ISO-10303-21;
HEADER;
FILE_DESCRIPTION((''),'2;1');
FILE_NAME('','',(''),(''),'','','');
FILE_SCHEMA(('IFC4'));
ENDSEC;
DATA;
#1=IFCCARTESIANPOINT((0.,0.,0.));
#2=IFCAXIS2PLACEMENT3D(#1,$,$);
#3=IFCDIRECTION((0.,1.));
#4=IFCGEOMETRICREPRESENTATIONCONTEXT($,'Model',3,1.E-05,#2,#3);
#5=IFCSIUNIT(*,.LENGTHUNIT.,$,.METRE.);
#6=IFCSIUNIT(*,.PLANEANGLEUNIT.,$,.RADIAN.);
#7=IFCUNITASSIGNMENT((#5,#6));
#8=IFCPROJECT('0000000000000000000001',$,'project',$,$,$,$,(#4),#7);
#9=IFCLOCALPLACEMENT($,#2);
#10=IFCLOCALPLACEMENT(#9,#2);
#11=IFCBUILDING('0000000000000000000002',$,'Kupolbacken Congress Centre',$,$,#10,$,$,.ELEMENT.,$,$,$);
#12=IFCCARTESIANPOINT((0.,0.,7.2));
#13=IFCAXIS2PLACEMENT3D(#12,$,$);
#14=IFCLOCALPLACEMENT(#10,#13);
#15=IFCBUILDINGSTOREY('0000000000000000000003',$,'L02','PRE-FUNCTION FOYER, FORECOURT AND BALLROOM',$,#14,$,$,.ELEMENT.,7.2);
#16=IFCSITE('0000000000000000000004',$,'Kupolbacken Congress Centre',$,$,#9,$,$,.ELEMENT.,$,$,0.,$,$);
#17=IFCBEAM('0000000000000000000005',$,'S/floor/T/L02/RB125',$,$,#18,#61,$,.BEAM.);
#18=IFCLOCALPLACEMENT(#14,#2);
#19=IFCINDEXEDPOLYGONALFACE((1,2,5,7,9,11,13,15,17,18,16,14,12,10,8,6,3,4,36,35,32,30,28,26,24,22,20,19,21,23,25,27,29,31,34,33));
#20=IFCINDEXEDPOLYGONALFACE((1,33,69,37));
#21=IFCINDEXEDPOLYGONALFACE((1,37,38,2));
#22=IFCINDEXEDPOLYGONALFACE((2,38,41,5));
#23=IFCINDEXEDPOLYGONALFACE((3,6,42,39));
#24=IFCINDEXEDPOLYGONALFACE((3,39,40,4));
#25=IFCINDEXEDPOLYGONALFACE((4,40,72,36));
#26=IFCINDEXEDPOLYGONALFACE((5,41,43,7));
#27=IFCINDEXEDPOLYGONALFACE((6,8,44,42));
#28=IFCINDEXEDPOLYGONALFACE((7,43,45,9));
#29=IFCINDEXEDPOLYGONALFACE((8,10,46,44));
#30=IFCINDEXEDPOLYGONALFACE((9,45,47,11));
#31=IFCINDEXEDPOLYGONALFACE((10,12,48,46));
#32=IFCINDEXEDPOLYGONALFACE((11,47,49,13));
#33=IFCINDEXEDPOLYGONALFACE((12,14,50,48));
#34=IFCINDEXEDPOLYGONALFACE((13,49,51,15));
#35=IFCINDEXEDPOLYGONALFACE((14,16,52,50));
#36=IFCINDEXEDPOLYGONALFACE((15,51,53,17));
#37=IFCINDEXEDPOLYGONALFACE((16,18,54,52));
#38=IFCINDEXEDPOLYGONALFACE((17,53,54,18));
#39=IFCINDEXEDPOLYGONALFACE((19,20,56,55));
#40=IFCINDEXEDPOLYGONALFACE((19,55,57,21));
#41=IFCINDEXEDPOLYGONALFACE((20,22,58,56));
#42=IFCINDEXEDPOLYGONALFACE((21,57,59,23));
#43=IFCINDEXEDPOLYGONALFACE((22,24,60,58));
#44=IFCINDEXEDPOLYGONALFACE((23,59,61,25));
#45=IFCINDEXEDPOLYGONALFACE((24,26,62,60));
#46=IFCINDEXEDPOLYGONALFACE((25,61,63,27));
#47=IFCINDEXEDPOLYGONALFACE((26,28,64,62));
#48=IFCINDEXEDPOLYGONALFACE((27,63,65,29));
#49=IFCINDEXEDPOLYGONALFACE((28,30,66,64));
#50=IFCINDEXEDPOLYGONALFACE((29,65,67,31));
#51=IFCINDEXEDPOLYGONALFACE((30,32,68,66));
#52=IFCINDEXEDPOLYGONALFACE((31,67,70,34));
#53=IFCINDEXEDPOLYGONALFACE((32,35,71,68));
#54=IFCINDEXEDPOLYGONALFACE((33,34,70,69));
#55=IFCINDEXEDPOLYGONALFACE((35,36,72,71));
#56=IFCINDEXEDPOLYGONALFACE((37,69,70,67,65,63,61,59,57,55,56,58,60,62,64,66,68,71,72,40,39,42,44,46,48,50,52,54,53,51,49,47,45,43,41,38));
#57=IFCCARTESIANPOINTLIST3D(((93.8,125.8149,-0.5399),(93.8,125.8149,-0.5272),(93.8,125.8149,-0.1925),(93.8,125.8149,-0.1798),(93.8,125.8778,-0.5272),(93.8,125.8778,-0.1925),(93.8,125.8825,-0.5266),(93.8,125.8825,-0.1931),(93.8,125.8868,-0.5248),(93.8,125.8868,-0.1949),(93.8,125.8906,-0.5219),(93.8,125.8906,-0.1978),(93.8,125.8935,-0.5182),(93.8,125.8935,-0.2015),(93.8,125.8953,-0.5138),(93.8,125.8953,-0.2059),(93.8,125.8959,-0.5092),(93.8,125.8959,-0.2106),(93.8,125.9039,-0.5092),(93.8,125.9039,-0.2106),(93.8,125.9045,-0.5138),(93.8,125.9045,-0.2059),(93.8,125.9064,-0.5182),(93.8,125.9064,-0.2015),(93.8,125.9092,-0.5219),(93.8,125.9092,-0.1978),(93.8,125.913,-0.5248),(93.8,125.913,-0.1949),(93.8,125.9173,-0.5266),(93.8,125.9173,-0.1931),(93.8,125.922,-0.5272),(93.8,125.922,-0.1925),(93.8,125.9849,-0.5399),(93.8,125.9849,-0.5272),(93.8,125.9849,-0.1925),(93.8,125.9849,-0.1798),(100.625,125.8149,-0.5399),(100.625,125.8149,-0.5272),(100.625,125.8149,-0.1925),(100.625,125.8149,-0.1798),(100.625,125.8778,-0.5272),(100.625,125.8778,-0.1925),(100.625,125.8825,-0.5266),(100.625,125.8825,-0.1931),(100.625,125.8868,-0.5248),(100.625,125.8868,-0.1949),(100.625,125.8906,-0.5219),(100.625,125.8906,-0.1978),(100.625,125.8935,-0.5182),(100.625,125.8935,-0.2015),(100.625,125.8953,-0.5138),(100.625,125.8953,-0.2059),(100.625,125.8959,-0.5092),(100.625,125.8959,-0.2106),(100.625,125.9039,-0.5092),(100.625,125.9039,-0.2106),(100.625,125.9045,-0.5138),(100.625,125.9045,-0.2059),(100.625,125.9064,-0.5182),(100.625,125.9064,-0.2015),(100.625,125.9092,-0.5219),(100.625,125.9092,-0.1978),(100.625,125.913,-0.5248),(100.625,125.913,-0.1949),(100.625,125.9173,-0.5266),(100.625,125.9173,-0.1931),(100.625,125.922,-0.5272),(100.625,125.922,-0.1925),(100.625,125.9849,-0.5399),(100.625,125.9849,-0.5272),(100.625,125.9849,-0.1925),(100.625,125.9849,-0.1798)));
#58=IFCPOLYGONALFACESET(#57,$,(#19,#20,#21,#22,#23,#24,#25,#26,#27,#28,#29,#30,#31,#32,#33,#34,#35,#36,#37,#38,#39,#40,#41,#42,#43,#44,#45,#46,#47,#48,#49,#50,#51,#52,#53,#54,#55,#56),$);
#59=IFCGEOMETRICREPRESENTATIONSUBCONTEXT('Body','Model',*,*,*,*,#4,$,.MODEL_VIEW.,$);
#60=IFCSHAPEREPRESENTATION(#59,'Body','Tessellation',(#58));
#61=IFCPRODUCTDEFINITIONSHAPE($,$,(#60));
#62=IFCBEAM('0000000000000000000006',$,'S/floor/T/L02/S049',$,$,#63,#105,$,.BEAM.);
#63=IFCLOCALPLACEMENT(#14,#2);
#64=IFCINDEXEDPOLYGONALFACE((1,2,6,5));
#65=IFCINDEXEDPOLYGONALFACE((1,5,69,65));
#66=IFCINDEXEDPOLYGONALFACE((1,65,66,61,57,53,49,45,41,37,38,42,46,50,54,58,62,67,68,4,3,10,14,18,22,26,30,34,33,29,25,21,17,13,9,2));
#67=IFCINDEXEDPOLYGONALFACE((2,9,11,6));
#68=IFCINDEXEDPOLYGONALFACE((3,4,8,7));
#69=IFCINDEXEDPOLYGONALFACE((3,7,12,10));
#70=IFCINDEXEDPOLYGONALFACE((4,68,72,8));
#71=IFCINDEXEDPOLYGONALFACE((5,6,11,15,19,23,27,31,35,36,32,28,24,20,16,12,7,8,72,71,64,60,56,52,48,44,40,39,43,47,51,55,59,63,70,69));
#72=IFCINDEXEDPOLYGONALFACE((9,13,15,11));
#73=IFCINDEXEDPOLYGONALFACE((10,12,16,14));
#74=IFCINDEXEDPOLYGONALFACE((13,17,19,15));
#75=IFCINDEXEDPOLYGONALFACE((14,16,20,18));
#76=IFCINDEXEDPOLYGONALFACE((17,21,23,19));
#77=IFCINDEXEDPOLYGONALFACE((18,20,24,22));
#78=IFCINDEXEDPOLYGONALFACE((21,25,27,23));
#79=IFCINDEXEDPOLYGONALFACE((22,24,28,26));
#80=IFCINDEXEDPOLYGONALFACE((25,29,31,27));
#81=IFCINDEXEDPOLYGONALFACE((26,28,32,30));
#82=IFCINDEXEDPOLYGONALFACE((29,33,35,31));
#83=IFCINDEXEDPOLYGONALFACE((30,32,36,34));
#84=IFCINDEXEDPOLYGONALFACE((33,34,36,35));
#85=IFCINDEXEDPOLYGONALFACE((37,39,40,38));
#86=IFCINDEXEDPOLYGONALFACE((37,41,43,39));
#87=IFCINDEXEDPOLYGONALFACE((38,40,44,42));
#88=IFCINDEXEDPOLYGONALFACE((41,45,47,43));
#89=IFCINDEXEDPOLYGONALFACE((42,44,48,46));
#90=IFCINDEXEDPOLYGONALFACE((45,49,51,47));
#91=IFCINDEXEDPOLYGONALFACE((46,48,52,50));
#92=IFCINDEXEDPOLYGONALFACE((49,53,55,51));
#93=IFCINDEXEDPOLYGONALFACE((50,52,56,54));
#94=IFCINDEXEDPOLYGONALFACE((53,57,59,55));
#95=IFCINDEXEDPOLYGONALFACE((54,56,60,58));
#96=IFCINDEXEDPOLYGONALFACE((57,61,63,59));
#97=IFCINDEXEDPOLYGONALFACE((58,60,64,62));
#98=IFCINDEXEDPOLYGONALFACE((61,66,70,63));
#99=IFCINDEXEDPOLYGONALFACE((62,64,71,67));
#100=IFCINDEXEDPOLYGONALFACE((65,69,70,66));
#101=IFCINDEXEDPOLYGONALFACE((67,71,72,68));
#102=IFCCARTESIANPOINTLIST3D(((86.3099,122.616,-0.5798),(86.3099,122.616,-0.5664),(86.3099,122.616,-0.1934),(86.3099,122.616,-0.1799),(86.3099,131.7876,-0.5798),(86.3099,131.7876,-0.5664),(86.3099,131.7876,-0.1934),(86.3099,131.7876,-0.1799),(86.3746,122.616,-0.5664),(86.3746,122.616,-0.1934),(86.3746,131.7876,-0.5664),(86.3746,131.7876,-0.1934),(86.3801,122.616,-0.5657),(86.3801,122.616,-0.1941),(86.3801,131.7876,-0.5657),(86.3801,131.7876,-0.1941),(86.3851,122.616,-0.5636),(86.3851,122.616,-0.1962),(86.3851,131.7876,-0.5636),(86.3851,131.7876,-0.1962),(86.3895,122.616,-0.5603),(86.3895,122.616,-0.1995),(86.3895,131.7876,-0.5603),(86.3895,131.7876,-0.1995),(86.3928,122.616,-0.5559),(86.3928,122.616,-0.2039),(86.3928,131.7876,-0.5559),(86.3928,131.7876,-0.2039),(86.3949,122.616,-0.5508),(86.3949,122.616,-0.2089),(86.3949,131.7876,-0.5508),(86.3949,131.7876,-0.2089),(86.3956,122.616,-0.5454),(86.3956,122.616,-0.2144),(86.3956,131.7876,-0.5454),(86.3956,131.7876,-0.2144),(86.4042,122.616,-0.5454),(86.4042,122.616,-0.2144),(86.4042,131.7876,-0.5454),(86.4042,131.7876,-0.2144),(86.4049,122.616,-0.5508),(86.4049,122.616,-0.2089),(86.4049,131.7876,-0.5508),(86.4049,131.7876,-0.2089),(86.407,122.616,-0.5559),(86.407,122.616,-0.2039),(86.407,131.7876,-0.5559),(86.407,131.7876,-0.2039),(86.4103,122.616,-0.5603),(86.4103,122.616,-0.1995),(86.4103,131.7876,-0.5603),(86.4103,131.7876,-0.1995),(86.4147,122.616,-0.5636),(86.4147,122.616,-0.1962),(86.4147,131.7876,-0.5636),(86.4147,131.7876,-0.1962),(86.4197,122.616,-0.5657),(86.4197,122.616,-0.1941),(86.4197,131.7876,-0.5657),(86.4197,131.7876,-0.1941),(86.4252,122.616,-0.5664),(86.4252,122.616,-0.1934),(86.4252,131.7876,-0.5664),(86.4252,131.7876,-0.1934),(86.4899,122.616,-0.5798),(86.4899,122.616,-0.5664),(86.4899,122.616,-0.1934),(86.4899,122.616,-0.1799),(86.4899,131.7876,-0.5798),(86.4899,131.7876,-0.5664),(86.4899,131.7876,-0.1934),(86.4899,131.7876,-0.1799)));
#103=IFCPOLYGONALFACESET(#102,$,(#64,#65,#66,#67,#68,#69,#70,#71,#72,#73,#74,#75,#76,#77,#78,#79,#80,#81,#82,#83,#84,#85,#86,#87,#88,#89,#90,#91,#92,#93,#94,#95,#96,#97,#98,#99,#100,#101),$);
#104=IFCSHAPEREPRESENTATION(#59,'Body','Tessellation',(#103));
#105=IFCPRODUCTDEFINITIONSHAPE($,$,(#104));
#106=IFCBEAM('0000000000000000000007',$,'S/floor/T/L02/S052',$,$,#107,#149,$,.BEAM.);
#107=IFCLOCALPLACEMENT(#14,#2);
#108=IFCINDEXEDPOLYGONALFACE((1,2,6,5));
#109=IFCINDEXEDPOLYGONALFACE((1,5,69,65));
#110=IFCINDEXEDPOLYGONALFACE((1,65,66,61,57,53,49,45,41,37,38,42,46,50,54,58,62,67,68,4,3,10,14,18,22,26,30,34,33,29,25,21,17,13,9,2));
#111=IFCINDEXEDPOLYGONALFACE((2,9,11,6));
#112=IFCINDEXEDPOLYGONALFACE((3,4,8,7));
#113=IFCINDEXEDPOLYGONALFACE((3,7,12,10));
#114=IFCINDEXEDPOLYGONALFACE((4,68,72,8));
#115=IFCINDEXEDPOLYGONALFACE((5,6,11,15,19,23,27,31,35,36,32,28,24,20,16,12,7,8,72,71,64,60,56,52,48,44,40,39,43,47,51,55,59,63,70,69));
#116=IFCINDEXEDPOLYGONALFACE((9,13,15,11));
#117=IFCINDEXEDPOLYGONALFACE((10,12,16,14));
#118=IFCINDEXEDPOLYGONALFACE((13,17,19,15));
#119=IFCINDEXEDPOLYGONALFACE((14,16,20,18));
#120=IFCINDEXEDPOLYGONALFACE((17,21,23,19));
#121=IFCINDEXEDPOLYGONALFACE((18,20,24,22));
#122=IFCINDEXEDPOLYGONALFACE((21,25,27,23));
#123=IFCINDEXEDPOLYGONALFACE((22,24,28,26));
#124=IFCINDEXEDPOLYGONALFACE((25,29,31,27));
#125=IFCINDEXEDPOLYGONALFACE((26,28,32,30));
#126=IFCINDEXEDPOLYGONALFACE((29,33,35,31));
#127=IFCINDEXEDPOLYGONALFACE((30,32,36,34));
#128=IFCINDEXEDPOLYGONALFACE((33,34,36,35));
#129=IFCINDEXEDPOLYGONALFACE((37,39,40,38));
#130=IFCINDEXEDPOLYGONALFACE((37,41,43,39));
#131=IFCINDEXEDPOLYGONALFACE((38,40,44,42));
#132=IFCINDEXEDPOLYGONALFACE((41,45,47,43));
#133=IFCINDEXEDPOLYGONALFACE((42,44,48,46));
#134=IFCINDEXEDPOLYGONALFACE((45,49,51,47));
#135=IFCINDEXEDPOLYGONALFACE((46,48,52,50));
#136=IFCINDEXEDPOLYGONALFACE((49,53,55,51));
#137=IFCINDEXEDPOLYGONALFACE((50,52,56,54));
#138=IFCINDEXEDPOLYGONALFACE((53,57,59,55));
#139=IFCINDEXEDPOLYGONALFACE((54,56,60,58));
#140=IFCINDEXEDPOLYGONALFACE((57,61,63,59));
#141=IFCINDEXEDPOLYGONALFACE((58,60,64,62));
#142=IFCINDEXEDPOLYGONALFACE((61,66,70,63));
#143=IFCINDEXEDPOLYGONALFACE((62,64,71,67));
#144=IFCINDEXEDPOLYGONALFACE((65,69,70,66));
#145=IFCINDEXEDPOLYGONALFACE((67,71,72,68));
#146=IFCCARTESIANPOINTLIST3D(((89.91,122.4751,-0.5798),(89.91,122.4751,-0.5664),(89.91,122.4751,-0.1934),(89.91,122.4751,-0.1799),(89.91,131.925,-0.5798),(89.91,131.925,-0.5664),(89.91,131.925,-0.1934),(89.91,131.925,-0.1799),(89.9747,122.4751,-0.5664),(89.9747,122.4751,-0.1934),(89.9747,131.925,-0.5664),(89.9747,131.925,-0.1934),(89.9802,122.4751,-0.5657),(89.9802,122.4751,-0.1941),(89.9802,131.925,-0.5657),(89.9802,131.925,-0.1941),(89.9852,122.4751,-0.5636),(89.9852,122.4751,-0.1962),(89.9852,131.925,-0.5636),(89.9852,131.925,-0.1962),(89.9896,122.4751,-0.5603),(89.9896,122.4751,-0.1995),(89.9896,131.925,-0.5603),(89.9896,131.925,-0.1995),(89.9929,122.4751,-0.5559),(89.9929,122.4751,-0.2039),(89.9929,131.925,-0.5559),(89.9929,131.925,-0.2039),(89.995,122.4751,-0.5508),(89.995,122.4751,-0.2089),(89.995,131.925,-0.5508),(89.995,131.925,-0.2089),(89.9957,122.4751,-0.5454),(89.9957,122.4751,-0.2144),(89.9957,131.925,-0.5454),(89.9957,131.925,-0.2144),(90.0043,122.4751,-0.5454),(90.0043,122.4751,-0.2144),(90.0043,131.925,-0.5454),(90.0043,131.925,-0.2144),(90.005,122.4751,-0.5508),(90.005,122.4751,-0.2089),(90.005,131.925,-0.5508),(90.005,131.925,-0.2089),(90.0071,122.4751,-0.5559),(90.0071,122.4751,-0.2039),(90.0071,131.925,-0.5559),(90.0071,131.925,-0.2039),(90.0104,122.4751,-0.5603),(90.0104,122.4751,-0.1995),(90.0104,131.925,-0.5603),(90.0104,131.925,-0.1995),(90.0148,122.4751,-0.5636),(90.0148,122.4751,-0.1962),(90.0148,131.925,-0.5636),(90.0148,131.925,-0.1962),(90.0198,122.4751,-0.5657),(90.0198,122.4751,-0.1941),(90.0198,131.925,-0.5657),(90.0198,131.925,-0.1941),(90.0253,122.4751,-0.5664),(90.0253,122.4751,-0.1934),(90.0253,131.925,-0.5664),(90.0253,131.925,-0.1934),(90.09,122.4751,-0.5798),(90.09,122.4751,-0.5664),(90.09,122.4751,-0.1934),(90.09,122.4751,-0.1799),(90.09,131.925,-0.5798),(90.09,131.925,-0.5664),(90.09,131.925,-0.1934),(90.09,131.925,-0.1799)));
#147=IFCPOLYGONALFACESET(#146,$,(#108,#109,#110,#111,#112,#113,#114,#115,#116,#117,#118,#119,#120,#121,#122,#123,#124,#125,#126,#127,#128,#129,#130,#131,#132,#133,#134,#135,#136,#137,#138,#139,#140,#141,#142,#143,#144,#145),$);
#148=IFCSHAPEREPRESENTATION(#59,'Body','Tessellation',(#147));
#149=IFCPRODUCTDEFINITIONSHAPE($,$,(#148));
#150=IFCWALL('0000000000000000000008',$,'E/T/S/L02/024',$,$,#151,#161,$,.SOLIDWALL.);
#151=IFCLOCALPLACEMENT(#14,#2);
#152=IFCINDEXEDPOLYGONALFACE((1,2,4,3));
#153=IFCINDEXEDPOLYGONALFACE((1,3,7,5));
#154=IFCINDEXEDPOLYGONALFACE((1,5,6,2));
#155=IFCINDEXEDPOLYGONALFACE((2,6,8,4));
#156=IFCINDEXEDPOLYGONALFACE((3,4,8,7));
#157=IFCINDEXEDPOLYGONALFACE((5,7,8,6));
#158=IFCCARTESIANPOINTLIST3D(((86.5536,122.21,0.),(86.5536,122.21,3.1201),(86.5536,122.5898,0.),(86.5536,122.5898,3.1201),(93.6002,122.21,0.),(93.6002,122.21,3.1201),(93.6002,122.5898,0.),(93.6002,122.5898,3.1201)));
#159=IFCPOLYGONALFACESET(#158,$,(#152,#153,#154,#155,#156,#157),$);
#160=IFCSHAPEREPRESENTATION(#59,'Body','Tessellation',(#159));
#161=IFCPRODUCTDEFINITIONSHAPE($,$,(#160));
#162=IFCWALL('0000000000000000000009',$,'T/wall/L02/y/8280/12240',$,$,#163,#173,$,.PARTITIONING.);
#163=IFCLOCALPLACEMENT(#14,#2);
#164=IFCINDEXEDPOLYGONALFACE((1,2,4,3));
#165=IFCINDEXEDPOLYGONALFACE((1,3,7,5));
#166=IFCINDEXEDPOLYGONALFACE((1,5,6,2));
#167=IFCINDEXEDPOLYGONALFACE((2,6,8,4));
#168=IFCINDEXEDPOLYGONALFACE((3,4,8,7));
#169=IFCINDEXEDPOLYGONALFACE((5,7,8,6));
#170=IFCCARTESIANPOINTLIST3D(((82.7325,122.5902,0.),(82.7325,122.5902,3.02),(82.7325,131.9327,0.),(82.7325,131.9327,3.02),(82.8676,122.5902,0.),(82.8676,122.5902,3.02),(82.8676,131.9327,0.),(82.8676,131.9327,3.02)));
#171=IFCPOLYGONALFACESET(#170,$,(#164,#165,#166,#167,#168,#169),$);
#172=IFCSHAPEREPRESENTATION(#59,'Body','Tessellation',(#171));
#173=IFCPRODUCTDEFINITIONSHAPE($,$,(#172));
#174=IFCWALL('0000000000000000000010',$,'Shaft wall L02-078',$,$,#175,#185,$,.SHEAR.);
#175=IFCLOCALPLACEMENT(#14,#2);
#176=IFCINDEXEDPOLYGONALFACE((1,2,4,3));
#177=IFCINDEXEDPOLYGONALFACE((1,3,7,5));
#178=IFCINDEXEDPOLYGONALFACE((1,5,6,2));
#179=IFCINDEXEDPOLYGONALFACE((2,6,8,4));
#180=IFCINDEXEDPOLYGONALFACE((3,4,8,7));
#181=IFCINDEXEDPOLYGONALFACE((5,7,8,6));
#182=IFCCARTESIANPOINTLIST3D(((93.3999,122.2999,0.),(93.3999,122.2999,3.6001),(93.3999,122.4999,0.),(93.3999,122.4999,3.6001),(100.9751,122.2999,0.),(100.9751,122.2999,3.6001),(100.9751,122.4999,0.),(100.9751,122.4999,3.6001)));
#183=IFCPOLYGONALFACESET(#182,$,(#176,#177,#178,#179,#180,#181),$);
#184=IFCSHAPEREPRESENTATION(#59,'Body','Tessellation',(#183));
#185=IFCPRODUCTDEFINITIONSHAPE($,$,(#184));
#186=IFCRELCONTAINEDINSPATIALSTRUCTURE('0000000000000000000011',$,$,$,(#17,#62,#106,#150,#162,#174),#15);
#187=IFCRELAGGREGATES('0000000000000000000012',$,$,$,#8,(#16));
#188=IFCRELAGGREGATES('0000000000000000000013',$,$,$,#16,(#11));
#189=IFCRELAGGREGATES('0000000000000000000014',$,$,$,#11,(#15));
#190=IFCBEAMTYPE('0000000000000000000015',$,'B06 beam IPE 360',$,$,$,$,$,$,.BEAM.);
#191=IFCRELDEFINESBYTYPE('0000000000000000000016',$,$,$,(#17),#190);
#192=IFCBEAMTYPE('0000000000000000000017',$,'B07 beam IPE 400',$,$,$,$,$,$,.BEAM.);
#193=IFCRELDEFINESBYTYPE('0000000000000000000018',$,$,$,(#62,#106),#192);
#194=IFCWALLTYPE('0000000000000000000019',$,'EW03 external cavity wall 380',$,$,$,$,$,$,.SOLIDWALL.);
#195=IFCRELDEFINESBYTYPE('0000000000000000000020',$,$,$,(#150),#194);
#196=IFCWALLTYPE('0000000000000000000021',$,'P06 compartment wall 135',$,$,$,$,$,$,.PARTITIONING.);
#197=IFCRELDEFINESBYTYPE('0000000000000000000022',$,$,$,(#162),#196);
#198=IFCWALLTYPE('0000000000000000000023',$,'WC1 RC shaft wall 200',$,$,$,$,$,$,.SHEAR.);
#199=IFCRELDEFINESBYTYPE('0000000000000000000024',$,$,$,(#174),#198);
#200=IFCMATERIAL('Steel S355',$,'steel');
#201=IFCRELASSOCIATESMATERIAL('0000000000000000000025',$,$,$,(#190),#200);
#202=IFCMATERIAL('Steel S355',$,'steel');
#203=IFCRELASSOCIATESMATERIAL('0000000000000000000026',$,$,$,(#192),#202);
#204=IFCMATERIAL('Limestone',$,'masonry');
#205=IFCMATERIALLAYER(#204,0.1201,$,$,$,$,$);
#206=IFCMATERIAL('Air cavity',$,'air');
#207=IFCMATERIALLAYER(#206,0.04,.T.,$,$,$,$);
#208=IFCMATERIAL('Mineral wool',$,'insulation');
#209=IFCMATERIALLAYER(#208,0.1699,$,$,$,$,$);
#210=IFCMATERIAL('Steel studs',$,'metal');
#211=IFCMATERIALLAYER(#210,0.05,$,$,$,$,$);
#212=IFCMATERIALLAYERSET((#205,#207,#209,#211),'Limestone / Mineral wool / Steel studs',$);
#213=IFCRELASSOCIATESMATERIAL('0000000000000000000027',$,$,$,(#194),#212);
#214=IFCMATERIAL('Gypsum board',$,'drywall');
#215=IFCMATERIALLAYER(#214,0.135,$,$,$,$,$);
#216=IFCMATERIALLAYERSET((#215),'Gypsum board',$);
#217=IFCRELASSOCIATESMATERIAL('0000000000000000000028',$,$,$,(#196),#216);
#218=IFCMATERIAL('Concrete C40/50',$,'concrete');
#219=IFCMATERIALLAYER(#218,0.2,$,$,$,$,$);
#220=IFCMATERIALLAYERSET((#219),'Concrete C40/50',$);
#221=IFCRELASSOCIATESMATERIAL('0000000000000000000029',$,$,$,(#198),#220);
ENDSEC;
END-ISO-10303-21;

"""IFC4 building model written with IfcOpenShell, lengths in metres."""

from ifc_helpers import new_model, si_unit, direction, frame, frame_2d, origin, origin_2d, place, context, subcontext, project, spatial, rectangle, i_section, extrude, material, layer, layer_set, material_profile, profile_set, type_object, element, save


model = new_model("IFC4")

# Units and contexts
model_context = context("Model", 3, precision=1e-05, world=origin(), true_north=direction((0.0, 1.0)))
body_context = subcontext(model_context, "Body", "Model", "MODEL_VIEW")
ifc_project = project(units=[si_unit("LENGTHUNIT", "METRE"), si_unit("PLANEANGLEUNIT", "RADIAN")], contexts=[model_context])

# Site, building, storey
site_placement = place(None, origin())
site = spatial("IfcSite", under=ifc_project, at=site_placement, Name="Kupolbacken Congress Centre", CompositionType="ELEMENT", RefElevation=0.0)
building_placement = place(site_placement, origin())
building = spatial("IfcBuilding", under=site, at=building_placement, Name="Kupolbacken Congress Centre", CompositionType="ELEMENT")
storey_placement = place(building_placement, frame((0.0, 0.0, 7.2)))
storey = spatial("IfcBuildingStorey", under=building, at=storey_placement, Name="L02", Description="PRE-FUNCTION FOYER, FORECOURT AND BALLROOM", CompositionType="ELEMENT", Elevation=7.2)

# Beams
ifc_material_1 = material(Name="Steel S355", Category="steel")
ifc_material_profile_1 = material_profile(ifc_material_1, i_section(OverallWidth=0.1699, OverallDepth=0.3601, WebThickness=0.0081, FlangeThickness=0.0127, FilletRadius=0.0181, at=origin_2d()), Name="IPE 360")
ifc_profile_set_1 = profile_set([ifc_material_profile_1], Name="Steel S355")
beam_type_1 = type_object("IfcBeamType", Name="B06 beam IPE 360", PredefinedType="BEAM", material=ifc_profile_set_1)
beam_1_placement = place(storey_placement, frame((93.8, 125.8999, -0.3599), z_axis=(1.0, 0.0, 0.0), x_axis=(0.0, 1.0, 0.0)))
element("IfcBeam", 1, at=beam_1_placement, inside=storey, type_object=beam_type_1, Name="S/floor/T/L02/RB125", PredefinedType="BEAM", context=body_context, shape_type="SweptSolid", body=[
    extrude(i_section(OverallWidth=0.1699, OverallDepth=0.3601, WebThickness=0.0081, FlangeThickness=0.0127, FilletRadius=0.0181, at=origin_2d()), origin(), (0.0, 0.0, 1.0), 6.825),
])
ifc_material_2 = material(Name="Steel S355", Category="steel")
ifc_material_profile_2 = material_profile(ifc_material_2, i_section(OverallWidth=0.1799, OverallDepth=0.3999, WebThickness=0.0085, FlangeThickness=0.0134, FilletRadius=0.021, at=origin_2d()), Name="IPE 400")
ifc_profile_set_2 = profile_set([ifc_material_profile_2], Name="Steel S355")
beam_type_2 = type_object("IfcBeamType", Name="B07 beam IPE 400", PredefinedType="BEAM", material=ifc_profile_set_2)
beam_2_placement = place(storey_placement, frame((86.3999, 122.616, -0.3799), z_axis=(0.0, 1.0, 0.0), x_axis=(-1.0, 0.0, 0.0)))
element("IfcBeam", 2, at=beam_2_placement, inside=storey, type_object=beam_type_2, Name="S/floor/T/L02/S049", PredefinedType="BEAM", context=body_context, shape_type="SweptSolid", body=[
    extrude(i_section(OverallWidth=0.1799, OverallDepth=0.3999, WebThickness=0.0085, FlangeThickness=0.0134, FilletRadius=0.021, at=origin_2d()), origin(), (0.0, 0.0, 1.0), 9.1716),
])
beam_3_placement = place(storey_placement, frame((90.0, 122.4751, -0.3799), z_axis=(0.0, 1.0, 0.0), x_axis=(-1.0, 0.0, 0.0)))
element("IfcBeam", 3, at=beam_3_placement, inside=storey, type_object=beam_type_2, Name="S/floor/T/L02/S052", PredefinedType="BEAM", context=body_context, shape_type="SweptSolid", body=[
    extrude(i_section(OverallWidth=0.1799, OverallDepth=0.3999, WebThickness=0.0085, FlangeThickness=0.0134, FilletRadius=0.021, at=origin_2d()), origin(), (0.0, 0.0, 1.0), 9.45),
])

# Walls
ifc_material_3 = material(Name="Limestone", Category="masonry")
ifc_layer_1 = layer(ifc_material_3, 0.1201)
ifc_material_4 = material(Name="Air cavity", Category="air")
ifc_layer_2 = layer(ifc_material_4, 0.04, ventilated=True)
ifc_material_5 = material(Name="Mineral wool", Category="insulation")
ifc_layer_3 = layer(ifc_material_5, 0.1699)
ifc_material_6 = material(Name="Steel studs", Category="metal")
ifc_layer_4 = layer(ifc_material_6, 0.05)
ifc_layer_set_1 = layer_set([ifc_layer_1, ifc_layer_2, ifc_layer_3, ifc_layer_4], Name="Limestone / Mineral wool / Steel studs")
wall_type_1 = type_object("IfcWallType", Name="EW03 external cavity wall 380", PredefinedType="SOLIDWALL", material=ifc_layer_set_1)
wall_1_placement = place(storey_placement, frame((86.5535, 122.3999, 0.0), z_axis=(0.0, 0.0, 1.0), x_axis=(1.0, 0.0, 0.0)))
element("IfcWall", 4, at=wall_1_placement, inside=storey, type_object=wall_type_1, Name="E/T/S/L02/024", PredefinedType="SOLIDWALL", context=body_context, shape_type="SweptSolid", body=[
    extrude(rectangle(XDim=7.0466, YDim=0.3799, at=frame_2d((3.5234, 0.0))), origin(), (0.0, 0.0, 1.0), 3.1201),
])
ifc_material_7 = material(Name="Gypsum board", Category="drywall")
ifc_layer_5 = layer(ifc_material_7, 0.135)
ifc_layer_set_2 = layer_set([ifc_layer_5], Name="Gypsum board")
wall_type_2 = type_object("IfcWallType", Name="P06 compartment wall 135", PredefinedType="PARTITIONING", material=ifc_layer_set_2)
wall_2_placement = place(storey_placement, frame((82.8, 122.5901, 0.0), z_axis=(0.0, 0.0, 1.0), x_axis=(0.0, 1.0, 0.0)))
element("IfcWall", 5, at=wall_2_placement, inside=storey, type_object=wall_type_2, Name="T/wall/L02/y/8280/12240", PredefinedType="PARTITIONING", context=body_context, shape_type="SweptSolid", body=[
    extrude(rectangle(XDim=9.3425, YDim=0.135, at=frame_2d((4.6714, 0.0))), origin(), (0.0, 0.0, 1.0), 3.02),
])
ifc_material_8 = material(Name="Concrete C40/50", Category="concrete")
ifc_layer_6 = layer(ifc_material_8, 0.2)
ifc_layer_set_3 = layer_set([ifc_layer_6], Name="Concrete C40/50")
wall_type_3 = type_object("IfcWallType", Name="WC1 RC shaft wall 200", PredefinedType="SHEAR", material=ifc_layer_set_3)
wall_3_placement = place(storey_placement, frame((93.3999, 122.3999, 0.0), z_axis=(0.0, 0.0, 1.0), x_axis=(1.0, 0.0, 0.0)))
element("IfcWall", 6, at=wall_3_placement, inside=storey, type_object=wall_type_3, Name="Shaft wall L02-078", PredefinedType="SHEAR", context=body_context, shape_type="SweptSolid", body=[
    extrude(rectangle(XDim=7.5752, YDim=0.2, at=frame_2d((3.7876, 0.0))), origin(), (0.0, 0.0, 1.0), 3.6001),
])

save(model, "model.ifc")
